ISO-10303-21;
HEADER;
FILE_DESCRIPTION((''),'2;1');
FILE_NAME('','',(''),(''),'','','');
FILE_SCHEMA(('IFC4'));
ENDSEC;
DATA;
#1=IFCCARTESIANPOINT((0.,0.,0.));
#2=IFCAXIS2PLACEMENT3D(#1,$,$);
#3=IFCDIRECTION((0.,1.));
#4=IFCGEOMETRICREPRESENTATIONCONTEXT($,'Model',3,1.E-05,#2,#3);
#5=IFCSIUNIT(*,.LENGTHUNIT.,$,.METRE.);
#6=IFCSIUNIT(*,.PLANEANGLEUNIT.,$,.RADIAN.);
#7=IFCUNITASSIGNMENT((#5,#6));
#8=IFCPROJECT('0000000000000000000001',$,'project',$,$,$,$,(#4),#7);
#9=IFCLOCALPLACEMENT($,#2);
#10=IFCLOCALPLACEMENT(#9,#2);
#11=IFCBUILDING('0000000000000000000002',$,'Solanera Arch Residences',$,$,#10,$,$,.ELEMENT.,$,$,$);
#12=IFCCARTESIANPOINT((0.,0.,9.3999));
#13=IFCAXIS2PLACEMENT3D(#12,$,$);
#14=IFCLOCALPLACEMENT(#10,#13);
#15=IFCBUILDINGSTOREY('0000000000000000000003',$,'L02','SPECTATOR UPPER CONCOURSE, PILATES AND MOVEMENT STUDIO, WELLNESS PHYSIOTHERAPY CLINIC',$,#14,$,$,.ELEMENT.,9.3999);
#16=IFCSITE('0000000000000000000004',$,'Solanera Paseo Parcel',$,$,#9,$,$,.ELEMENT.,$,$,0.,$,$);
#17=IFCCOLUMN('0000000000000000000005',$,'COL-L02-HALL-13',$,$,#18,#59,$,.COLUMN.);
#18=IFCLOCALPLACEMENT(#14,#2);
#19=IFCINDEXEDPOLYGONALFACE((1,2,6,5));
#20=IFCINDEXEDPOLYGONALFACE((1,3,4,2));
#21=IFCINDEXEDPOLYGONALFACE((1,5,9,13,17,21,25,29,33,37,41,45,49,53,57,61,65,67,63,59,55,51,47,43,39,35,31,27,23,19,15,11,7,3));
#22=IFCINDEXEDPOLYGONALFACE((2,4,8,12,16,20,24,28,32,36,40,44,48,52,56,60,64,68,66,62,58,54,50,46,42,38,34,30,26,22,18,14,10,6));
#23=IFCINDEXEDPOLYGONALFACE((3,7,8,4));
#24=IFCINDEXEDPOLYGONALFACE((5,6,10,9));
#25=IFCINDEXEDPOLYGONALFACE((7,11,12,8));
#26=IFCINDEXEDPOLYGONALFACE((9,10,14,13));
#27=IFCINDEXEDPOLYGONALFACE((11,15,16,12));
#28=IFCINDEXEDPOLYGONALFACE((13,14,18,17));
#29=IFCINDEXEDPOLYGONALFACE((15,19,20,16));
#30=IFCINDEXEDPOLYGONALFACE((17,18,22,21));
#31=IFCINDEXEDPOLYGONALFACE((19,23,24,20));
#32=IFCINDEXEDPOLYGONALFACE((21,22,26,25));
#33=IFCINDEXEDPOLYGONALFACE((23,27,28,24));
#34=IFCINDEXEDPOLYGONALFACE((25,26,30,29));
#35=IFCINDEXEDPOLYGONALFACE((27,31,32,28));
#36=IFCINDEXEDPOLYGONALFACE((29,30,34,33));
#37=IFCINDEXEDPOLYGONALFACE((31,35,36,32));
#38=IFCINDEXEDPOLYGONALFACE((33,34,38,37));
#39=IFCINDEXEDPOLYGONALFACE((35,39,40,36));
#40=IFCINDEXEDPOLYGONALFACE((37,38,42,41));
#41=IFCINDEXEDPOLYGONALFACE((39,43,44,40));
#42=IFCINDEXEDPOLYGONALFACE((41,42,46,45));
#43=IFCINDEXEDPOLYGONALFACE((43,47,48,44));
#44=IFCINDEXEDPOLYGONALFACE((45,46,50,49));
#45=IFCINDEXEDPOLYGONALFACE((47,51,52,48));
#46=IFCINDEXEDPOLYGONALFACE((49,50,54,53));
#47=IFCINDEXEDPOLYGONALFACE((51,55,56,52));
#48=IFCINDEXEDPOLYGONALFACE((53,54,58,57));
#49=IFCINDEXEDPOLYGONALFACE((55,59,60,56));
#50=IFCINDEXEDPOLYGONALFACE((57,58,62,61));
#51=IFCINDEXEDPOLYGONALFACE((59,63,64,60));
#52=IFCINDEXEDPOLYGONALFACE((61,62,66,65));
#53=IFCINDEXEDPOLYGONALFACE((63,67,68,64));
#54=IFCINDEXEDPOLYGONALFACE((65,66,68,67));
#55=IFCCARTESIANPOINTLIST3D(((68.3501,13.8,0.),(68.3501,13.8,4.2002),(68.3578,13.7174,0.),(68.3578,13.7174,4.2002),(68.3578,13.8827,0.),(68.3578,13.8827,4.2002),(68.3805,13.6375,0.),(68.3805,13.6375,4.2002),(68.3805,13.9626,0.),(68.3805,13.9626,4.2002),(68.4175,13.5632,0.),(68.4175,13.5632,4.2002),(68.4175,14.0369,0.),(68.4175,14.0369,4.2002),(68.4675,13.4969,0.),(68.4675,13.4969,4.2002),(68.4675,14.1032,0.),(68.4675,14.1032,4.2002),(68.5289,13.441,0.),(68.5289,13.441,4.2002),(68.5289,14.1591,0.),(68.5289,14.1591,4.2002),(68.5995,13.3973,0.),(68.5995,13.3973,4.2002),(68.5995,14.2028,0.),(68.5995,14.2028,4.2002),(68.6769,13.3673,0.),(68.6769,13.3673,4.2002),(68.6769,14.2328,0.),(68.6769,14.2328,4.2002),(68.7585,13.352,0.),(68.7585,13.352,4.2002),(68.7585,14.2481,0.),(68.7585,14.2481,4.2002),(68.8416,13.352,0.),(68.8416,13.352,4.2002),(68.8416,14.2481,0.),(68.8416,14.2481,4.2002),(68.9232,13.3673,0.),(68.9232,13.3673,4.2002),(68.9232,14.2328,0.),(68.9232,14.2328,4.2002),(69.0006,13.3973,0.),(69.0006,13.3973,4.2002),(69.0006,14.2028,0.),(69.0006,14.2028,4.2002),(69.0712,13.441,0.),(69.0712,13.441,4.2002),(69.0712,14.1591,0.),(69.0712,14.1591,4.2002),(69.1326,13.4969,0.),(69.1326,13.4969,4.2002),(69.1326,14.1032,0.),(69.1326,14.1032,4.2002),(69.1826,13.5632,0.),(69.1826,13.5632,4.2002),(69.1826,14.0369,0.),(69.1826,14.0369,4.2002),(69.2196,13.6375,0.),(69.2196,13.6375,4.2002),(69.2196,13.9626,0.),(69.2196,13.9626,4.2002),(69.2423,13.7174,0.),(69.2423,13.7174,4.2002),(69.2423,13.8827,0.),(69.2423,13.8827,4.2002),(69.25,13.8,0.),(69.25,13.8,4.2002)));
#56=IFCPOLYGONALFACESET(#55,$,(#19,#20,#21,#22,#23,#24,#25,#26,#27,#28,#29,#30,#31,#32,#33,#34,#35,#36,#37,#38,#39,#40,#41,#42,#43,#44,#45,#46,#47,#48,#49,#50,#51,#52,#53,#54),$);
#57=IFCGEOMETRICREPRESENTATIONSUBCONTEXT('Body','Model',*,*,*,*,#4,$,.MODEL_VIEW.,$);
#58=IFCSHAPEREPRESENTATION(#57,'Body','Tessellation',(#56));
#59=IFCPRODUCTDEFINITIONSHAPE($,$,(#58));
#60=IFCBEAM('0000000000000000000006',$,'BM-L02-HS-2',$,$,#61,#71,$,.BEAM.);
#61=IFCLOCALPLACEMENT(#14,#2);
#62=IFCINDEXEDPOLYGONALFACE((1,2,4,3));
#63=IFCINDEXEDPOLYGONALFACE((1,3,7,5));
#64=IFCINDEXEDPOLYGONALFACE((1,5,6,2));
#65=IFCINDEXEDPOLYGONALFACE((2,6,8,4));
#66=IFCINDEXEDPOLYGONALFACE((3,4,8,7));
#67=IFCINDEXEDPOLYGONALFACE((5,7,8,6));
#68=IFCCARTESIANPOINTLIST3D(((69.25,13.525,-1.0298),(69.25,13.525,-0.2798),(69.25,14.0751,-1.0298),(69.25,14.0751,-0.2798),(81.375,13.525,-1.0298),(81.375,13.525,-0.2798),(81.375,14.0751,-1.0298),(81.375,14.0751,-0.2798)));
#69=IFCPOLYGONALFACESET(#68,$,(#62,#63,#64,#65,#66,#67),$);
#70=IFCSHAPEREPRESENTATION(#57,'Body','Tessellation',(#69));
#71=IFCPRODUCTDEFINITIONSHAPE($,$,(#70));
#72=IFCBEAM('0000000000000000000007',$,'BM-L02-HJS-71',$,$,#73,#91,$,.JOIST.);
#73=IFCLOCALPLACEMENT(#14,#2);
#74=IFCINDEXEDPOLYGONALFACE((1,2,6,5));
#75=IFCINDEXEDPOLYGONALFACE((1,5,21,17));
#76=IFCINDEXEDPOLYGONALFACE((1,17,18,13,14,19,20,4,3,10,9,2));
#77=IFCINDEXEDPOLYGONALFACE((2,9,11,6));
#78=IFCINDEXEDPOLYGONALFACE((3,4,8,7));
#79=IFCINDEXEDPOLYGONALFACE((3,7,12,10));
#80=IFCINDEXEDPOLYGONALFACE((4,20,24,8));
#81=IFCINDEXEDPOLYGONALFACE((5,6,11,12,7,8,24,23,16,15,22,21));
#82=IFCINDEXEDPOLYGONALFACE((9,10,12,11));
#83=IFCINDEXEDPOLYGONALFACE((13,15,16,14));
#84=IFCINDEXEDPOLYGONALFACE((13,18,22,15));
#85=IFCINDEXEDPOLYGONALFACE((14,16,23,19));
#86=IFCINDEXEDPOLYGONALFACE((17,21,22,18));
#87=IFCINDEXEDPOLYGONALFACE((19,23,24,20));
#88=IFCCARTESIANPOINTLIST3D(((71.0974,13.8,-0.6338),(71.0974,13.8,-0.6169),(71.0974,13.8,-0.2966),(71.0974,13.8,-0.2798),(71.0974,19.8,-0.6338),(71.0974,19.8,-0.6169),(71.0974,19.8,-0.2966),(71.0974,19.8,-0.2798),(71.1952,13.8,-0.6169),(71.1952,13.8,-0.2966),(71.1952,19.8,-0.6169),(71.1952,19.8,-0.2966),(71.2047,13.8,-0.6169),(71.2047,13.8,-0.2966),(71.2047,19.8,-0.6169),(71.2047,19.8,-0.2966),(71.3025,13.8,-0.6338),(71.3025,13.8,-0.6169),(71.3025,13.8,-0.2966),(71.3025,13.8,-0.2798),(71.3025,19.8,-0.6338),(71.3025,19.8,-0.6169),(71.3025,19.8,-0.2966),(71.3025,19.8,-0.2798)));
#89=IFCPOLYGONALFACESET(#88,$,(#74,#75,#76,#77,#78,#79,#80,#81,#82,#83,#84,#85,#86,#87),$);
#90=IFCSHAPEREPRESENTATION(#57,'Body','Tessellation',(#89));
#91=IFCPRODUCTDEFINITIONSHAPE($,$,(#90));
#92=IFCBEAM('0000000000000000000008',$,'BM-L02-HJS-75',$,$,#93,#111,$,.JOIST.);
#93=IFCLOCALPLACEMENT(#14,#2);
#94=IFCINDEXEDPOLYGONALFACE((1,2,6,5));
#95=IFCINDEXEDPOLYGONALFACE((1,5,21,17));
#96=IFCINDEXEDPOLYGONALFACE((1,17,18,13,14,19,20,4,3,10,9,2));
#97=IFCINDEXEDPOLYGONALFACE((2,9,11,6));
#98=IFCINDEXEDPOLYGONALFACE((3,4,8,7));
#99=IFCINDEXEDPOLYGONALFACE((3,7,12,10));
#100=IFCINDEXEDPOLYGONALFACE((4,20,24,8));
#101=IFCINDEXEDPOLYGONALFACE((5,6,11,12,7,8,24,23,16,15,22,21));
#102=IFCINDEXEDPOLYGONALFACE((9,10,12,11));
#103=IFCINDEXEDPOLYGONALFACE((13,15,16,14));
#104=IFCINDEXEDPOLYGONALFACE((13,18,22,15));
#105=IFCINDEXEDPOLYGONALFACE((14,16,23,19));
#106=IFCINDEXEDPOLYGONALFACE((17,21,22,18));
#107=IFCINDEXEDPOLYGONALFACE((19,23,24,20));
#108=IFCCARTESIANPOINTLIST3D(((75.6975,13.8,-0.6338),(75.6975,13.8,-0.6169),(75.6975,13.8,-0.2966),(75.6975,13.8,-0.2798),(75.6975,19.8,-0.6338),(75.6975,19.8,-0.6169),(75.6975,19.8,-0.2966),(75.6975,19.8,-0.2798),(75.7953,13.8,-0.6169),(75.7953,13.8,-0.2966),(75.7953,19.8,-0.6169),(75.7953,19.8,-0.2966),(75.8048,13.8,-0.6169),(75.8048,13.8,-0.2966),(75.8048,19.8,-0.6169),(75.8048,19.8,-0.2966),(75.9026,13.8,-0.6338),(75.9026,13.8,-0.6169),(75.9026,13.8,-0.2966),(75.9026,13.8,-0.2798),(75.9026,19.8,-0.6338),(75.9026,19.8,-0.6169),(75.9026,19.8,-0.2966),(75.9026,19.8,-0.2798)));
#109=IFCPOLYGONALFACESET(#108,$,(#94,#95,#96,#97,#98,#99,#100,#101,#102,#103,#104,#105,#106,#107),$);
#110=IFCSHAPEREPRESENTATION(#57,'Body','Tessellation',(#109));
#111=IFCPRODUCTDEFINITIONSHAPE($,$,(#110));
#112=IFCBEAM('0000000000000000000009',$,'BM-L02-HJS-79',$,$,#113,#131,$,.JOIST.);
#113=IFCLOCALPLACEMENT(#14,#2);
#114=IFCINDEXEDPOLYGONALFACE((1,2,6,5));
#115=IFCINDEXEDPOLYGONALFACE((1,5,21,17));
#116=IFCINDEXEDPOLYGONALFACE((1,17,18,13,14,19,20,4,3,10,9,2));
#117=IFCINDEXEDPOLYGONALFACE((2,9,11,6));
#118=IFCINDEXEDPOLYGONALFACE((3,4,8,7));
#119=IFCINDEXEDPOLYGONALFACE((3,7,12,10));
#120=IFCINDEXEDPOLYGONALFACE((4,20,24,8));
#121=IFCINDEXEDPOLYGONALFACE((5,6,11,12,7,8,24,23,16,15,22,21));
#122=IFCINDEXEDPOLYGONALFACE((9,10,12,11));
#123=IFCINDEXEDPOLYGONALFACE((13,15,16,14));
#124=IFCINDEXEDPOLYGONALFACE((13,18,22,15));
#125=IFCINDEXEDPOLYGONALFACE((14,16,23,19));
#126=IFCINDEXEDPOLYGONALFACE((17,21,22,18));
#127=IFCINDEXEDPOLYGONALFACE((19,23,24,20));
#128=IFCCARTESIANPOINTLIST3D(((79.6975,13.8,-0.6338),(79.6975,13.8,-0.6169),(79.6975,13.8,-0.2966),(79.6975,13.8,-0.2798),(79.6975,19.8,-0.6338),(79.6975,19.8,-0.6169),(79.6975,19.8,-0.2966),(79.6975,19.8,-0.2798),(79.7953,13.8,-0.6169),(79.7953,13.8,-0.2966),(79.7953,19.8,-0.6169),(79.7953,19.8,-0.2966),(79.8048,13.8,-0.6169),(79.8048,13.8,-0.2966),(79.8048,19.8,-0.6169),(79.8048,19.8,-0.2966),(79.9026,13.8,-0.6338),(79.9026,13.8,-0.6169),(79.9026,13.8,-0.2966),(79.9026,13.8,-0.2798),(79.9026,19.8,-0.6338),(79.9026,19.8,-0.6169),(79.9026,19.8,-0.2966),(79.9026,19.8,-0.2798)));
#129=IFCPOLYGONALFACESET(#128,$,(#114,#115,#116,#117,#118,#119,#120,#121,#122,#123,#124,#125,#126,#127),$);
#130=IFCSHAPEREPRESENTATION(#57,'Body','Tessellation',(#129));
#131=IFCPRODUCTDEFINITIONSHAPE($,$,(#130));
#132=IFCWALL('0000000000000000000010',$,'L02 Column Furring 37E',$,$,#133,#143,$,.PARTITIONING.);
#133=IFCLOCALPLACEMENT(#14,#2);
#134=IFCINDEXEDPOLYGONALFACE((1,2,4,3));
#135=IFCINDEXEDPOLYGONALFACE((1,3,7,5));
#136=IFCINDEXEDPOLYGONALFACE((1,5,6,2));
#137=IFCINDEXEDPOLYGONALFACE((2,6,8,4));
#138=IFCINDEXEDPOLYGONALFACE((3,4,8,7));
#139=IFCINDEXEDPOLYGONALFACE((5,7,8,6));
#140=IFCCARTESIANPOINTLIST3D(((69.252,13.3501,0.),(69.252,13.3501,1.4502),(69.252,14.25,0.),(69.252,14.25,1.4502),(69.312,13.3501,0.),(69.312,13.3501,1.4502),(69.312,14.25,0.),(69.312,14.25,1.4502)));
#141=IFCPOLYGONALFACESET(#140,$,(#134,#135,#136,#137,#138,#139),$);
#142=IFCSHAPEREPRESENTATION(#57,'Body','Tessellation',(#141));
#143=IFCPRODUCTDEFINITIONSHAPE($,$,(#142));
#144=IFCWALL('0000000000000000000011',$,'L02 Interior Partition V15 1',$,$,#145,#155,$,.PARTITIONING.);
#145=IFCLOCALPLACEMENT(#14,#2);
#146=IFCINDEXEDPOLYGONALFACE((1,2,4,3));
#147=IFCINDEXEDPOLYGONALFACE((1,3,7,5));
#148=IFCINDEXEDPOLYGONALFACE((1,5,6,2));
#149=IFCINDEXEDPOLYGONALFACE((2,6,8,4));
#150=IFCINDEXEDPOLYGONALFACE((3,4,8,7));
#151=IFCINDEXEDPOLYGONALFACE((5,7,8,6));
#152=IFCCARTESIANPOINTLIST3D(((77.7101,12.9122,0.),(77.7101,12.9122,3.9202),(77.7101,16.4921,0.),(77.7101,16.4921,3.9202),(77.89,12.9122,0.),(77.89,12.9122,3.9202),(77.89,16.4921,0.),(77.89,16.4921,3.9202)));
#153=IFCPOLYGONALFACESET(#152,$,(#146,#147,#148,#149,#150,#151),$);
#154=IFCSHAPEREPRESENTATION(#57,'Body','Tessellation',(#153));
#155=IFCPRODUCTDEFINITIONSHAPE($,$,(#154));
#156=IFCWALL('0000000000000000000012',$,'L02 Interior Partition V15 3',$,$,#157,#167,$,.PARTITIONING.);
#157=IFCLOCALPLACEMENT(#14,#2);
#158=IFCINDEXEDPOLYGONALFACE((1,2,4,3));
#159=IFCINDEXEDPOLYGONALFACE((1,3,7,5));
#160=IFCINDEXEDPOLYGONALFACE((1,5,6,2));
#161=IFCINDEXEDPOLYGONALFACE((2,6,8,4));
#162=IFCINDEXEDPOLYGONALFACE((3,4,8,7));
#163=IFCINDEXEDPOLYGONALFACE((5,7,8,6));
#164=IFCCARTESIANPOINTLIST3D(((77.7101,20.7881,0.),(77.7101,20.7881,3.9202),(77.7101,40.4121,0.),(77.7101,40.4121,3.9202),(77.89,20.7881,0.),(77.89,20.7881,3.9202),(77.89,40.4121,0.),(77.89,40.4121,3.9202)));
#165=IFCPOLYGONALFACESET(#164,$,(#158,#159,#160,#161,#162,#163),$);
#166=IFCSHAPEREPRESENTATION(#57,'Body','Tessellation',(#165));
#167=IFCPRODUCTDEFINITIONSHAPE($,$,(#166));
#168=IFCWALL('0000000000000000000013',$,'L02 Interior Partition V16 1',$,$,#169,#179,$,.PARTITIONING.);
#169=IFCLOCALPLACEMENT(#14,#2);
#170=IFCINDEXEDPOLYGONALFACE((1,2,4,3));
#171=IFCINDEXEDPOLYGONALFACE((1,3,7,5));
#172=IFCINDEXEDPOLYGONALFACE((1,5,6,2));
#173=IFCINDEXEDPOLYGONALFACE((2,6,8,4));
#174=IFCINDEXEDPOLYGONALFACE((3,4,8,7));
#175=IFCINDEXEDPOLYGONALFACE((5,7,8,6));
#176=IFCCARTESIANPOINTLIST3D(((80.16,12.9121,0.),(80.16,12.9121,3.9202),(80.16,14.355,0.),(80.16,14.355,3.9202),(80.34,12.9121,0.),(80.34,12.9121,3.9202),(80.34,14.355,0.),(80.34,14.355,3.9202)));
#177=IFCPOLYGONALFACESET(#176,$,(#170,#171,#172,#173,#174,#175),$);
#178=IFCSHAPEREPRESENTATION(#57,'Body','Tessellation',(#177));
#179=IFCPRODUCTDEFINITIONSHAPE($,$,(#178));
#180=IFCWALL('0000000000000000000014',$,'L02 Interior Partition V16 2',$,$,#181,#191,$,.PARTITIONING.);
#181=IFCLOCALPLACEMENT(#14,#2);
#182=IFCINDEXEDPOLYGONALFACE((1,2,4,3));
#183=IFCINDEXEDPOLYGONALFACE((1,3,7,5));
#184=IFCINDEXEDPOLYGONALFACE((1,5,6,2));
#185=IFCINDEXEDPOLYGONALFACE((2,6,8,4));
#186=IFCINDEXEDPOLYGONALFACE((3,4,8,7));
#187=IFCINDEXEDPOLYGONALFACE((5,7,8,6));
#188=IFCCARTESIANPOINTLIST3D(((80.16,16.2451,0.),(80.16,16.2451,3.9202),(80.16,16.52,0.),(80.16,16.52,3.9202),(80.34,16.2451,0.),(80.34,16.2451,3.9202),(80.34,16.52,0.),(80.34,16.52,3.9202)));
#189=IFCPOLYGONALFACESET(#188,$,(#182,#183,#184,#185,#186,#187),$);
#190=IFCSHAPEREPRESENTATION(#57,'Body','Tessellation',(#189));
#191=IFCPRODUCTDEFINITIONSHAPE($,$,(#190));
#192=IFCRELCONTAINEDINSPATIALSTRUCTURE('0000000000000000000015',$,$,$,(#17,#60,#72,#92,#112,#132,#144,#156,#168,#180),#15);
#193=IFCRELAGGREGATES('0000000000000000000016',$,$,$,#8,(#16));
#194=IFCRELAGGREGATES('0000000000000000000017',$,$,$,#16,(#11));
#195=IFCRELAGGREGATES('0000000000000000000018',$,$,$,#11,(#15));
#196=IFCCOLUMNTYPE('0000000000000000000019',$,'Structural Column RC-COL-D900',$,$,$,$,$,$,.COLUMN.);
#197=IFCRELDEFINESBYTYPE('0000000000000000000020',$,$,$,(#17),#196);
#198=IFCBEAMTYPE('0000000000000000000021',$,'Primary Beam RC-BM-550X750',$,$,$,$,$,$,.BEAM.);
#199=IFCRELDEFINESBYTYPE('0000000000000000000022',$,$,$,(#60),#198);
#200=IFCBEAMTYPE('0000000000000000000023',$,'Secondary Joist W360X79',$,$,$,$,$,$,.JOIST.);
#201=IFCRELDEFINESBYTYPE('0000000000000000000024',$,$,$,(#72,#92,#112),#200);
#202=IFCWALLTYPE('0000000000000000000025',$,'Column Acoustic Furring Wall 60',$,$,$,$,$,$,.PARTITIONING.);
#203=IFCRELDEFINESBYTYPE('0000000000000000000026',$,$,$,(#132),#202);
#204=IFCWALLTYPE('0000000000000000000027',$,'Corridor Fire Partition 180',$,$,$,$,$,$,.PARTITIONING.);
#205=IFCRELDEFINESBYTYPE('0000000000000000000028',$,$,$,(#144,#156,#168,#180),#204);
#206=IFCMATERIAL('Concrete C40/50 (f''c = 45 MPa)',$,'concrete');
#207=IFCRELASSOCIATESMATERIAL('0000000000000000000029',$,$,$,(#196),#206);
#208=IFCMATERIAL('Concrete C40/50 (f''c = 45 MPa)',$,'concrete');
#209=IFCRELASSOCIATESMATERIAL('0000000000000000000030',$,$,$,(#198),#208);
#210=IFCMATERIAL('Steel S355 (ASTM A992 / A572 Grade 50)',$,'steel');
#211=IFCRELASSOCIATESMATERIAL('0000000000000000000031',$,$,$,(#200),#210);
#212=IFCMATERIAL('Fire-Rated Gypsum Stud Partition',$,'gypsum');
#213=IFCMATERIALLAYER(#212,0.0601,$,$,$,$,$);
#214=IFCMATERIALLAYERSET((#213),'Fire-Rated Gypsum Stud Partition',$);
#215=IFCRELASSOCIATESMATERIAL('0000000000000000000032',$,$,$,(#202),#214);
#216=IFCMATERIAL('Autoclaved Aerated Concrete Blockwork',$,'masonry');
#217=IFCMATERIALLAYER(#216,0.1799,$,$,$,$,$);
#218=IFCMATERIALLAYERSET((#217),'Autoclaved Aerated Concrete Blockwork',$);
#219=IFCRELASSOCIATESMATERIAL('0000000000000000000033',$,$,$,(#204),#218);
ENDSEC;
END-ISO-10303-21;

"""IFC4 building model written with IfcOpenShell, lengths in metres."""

from ifc_helpers import new_model, si_unit, direction, frame, frame_2d, origin, origin_2d, place, context, subcontext, project, spatial, rectangle, circle, i_section, extrude, material, layer, layer_set, material_profile, profile_set, type_object, element, save


model = new_model("IFC4")

# Units and contexts
model_context = context("Model", 3, precision=1e-05, world=origin(), true_north=direction((0.0, 1.0)))
body_context = subcontext(model_context, "Body", "Model", "MODEL_VIEW")
ifc_project = project(units=[si_unit("LENGTHUNIT", "METRE"), si_unit("PLANEANGLEUNIT", "RADIAN")], contexts=[model_context])

# Site, building, storey
site_placement = place(None, origin())
site = spatial("IfcSite", under=ifc_project, at=site_placement, Name="Solanera Paseo Parcel", CompositionType="ELEMENT", RefElevation=0.0)
building_placement = place(site_placement, origin())
building = spatial("IfcBuilding", under=site, at=building_placement, Name="Solanera Arch Residences", CompositionType="ELEMENT")
storey_placement = place(building_placement, frame((0.0, 0.0, 9.3999)))
storey = spatial("IfcBuildingStorey", under=building, at=storey_placement, Name="L02", Description="SPECTATOR UPPER CONCOURSE, PILATES AND MOVEMENT STUDIO, WELLNESS PHYSIOTHERAPY CLINIC", CompositionType="ELEMENT", Elevation=9.3999)

# Column
ifc_material_1 = material(Name="Concrete C40/50 (f'c = 45 MPa)", Category="concrete")
ifc_material_profile_1 = material_profile(ifc_material_1, circle(Radius=0.45, at=origin_2d()))
ifc_profile_set_1 = profile_set([ifc_material_profile_1], Name="Concrete C40/50 (f'c = 45 MPa)")
column_type = type_object("IfcColumnType", Name="Structural Column RC-COL-D900", PredefinedType="COLUMN", material=ifc_profile_set_1)
column_placement = place(storey_placement, frame((68.8, 13.8, 0.0), z_axis=(0.0, 0.0, 1.0), x_axis=(1.0, 0.0, 0.0)))
element("IfcColumn", 1, at=column_placement, inside=storey, type_object=column_type, Name="COL-L02-HALL-13", PredefinedType="COLUMN", context=body_context, shape_type="SweptSolid", body=[
    extrude(circle(Radius=0.45, at=origin_2d()), origin(), (0.0, 0.0, 1.0), 4.2002),
])

# Beams
ifc_material_2 = material(Name="Concrete C40/50 (f'c = 45 MPa)", Category="concrete")
ifc_material_profile_2 = material_profile(ifc_material_2, rectangle(XDim=0.55, YDim=0.75, at=origin_2d()))
ifc_profile_set_2 = profile_set([ifc_material_profile_2], Name="Concrete C40/50 (f'c = 45 MPa)")
beam_type_1 = type_object("IfcBeamType", Name="Primary Beam RC-BM-550X750", PredefinedType="BEAM", material=ifc_profile_set_2)
beam_placement = place(storey_placement, frame((69.25, 13.8, -0.6548), z_axis=(1.0, 0.0, 0.0), x_axis=(0.0, 1.0, 0.0)))
element("IfcBeam", 2, at=beam_placement, inside=storey, type_object=beam_type_1, Name="BM-L02-HS-2", PredefinedType="BEAM", context=body_context, shape_type="SweptSolid", body=[
    extrude(rectangle(XDim=0.55, YDim=0.75, at=origin_2d()), origin(), (0.0, 0.0, 1.0), 12.125),
])
ifc_material_3 = material(Name="Steel S355 (ASTM A992 / A572 Grade 50)", Category="steel")
ifc_material_profile_3 = material_profile(ifc_material_3, i_section(OverallWidth=0.2051, OverallDepth=0.354, WebThickness=0.0095, FlangeThickness=0.0168, at=origin_2d()))
ifc_profile_set_3 = profile_set([ifc_material_profile_3], Name="Steel S355 (ASTM A992 / A572 Grade 50)")
beam_type_2 = type_object("IfcBeamType", Name="Secondary Joist W360X79", PredefinedType="JOIST", material=ifc_profile_set_3)
for number, where, z_axis, x_axis, name in (
    (3, (71.2, 13.8, -0.4568), (0.0, 1.0, 0.0), (-1.0, 0.0, 0.0), "BM-L02-HJS-71"),
    (4, (75.8, 13.8, -0.4568), (0.0, 1.0, 0.0), (-1.0, 0.0, 0.0), "BM-L02-HJS-75"),
    (5, (79.8, 13.8, -0.4568), (0.0, 1.0, 0.0), (-1.0, 0.0, 0.0), "BM-L02-HJS-79"),
):
    element("IfcBeam", number, at=place(storey_placement, frame(where, z_axis=z_axis, x_axis=x_axis)), inside=storey, type_object=beam_type_2, Name=name, PredefinedType="JOIST", context=body_context, shape_type="SweptSolid", body=[
        extrude(i_section(OverallWidth=0.2051, OverallDepth=0.354, WebThickness=0.0095, FlangeThickness=0.0168, at=origin_2d()), origin(), (0.0, 0.0, 1.0), 6.0),
    ])

# Walls
ifc_material_4 = material(Name="Fire-Rated Gypsum Stud Partition", Category="gypsum")
ifc_layer_1 = layer(ifc_material_4, 0.0601)
ifc_layer_set_1 = layer_set([ifc_layer_1], Name="Fire-Rated Gypsum Stud Partition")
wall_type_1 = type_object("IfcWallType", Name="Column Acoustic Furring Wall 60", PredefinedType="PARTITIONING", material=ifc_layer_set_1)
wall_1_placement = place(storey_placement, frame((69.282, 13.3501, 0.0), z_axis=(0.0, 0.0, 1.0), x_axis=(0.0, 1.0, 0.0)))
element("IfcWall", 6, at=wall_1_placement, inside=storey, type_object=wall_type_1, Name="L02 Column Furring 37E", PredefinedType="PARTITIONING", context=body_context, shape_type="SweptSolid", body=[
    extrude(rectangle(XDim=0.8999, YDim=0.0601, at=frame_2d((0.45, 0.0))), origin(), (0.0, 0.0, 1.0), 1.4502),
])
ifc_material_5 = material(Name="Autoclaved Aerated Concrete Blockwork", Category="masonry")
ifc_layer_2 = layer(ifc_material_5, 0.1799)
ifc_layer_set_2 = layer_set([ifc_layer_2], Name="Autoclaved Aerated Concrete Blockwork")
wall_type_2 = type_object("IfcWallType", Name="Corridor Fire Partition 180", PredefinedType="PARTITIONING", material=ifc_layer_set_2)
wall_2_placement = place(storey_placement, frame((77.8, 12.9121, 0.0), z_axis=(0.0, 0.0, 1.0), x_axis=(0.0, 1.0, 0.0)))
element("IfcWall", 7, at=wall_2_placement, inside=storey, type_object=wall_type_2, Name="L02 Interior Partition V15 1", PredefinedType="PARTITIONING", context=body_context, shape_type="SweptSolid", body=[
    extrude(rectangle(XDim=3.5798, YDim=0.1799, at=frame_2d((1.79, 0.0))), origin(), (0.0, 0.0, 1.0), 3.9202),
])

# Walls
wall_3_placement = place(storey_placement, frame((77.8, 20.7881, 0.0), z_axis=(0.0, 0.0, 1.0), x_axis=(0.0, 1.0, 0.0)))
element("IfcWall", 8, at=wall_3_placement, inside=storey, type_object=wall_type_2, Name="L02 Interior Partition V15 3", PredefinedType="PARTITIONING", context=body_context, shape_type="SweptSolid", body=[
    extrude(rectangle(XDim=19.624, YDim=0.1799, at=frame_2d((9.812, 0.0))), origin(), (0.0, 0.0, 1.0), 3.9202),
])
wall_4_placement = place(storey_placement, frame((80.25, 12.9121, 0.0), z_axis=(0.0, 0.0, 1.0), x_axis=(0.0, 1.0, 0.0)))
element("IfcWall", 9, at=wall_4_placement, inside=storey, type_object=wall_type_2, Name="L02 Interior Partition V16 1", PredefinedType="PARTITIONING", context=body_context, shape_type="SweptSolid", body=[
    extrude(rectangle(XDim=1.4429, YDim=0.1799, at=frame_2d((0.7214, 0.0))), origin(), (0.0, 0.0, 1.0), 3.9202),
])
wall_5_placement = place(storey_placement, frame((80.25, 16.2451, 0.0), z_axis=(0.0, 0.0, 1.0), x_axis=(0.0, 1.0, 0.0)))
element("IfcWall", 10, at=wall_5_placement, inside=storey, type_object=wall_type_2, Name="L02 Interior Partition V16 2", PredefinedType="PARTITIONING", context=body_context, shape_type="SweptSolid", body=[
    extrude(rectangle(XDim=0.2749, YDim=0.1799, at=frame_2d((0.1375, 0.0))), origin(), (0.0, 0.0, 1.0), 3.9202),
])

save(model, "model.ifc")
